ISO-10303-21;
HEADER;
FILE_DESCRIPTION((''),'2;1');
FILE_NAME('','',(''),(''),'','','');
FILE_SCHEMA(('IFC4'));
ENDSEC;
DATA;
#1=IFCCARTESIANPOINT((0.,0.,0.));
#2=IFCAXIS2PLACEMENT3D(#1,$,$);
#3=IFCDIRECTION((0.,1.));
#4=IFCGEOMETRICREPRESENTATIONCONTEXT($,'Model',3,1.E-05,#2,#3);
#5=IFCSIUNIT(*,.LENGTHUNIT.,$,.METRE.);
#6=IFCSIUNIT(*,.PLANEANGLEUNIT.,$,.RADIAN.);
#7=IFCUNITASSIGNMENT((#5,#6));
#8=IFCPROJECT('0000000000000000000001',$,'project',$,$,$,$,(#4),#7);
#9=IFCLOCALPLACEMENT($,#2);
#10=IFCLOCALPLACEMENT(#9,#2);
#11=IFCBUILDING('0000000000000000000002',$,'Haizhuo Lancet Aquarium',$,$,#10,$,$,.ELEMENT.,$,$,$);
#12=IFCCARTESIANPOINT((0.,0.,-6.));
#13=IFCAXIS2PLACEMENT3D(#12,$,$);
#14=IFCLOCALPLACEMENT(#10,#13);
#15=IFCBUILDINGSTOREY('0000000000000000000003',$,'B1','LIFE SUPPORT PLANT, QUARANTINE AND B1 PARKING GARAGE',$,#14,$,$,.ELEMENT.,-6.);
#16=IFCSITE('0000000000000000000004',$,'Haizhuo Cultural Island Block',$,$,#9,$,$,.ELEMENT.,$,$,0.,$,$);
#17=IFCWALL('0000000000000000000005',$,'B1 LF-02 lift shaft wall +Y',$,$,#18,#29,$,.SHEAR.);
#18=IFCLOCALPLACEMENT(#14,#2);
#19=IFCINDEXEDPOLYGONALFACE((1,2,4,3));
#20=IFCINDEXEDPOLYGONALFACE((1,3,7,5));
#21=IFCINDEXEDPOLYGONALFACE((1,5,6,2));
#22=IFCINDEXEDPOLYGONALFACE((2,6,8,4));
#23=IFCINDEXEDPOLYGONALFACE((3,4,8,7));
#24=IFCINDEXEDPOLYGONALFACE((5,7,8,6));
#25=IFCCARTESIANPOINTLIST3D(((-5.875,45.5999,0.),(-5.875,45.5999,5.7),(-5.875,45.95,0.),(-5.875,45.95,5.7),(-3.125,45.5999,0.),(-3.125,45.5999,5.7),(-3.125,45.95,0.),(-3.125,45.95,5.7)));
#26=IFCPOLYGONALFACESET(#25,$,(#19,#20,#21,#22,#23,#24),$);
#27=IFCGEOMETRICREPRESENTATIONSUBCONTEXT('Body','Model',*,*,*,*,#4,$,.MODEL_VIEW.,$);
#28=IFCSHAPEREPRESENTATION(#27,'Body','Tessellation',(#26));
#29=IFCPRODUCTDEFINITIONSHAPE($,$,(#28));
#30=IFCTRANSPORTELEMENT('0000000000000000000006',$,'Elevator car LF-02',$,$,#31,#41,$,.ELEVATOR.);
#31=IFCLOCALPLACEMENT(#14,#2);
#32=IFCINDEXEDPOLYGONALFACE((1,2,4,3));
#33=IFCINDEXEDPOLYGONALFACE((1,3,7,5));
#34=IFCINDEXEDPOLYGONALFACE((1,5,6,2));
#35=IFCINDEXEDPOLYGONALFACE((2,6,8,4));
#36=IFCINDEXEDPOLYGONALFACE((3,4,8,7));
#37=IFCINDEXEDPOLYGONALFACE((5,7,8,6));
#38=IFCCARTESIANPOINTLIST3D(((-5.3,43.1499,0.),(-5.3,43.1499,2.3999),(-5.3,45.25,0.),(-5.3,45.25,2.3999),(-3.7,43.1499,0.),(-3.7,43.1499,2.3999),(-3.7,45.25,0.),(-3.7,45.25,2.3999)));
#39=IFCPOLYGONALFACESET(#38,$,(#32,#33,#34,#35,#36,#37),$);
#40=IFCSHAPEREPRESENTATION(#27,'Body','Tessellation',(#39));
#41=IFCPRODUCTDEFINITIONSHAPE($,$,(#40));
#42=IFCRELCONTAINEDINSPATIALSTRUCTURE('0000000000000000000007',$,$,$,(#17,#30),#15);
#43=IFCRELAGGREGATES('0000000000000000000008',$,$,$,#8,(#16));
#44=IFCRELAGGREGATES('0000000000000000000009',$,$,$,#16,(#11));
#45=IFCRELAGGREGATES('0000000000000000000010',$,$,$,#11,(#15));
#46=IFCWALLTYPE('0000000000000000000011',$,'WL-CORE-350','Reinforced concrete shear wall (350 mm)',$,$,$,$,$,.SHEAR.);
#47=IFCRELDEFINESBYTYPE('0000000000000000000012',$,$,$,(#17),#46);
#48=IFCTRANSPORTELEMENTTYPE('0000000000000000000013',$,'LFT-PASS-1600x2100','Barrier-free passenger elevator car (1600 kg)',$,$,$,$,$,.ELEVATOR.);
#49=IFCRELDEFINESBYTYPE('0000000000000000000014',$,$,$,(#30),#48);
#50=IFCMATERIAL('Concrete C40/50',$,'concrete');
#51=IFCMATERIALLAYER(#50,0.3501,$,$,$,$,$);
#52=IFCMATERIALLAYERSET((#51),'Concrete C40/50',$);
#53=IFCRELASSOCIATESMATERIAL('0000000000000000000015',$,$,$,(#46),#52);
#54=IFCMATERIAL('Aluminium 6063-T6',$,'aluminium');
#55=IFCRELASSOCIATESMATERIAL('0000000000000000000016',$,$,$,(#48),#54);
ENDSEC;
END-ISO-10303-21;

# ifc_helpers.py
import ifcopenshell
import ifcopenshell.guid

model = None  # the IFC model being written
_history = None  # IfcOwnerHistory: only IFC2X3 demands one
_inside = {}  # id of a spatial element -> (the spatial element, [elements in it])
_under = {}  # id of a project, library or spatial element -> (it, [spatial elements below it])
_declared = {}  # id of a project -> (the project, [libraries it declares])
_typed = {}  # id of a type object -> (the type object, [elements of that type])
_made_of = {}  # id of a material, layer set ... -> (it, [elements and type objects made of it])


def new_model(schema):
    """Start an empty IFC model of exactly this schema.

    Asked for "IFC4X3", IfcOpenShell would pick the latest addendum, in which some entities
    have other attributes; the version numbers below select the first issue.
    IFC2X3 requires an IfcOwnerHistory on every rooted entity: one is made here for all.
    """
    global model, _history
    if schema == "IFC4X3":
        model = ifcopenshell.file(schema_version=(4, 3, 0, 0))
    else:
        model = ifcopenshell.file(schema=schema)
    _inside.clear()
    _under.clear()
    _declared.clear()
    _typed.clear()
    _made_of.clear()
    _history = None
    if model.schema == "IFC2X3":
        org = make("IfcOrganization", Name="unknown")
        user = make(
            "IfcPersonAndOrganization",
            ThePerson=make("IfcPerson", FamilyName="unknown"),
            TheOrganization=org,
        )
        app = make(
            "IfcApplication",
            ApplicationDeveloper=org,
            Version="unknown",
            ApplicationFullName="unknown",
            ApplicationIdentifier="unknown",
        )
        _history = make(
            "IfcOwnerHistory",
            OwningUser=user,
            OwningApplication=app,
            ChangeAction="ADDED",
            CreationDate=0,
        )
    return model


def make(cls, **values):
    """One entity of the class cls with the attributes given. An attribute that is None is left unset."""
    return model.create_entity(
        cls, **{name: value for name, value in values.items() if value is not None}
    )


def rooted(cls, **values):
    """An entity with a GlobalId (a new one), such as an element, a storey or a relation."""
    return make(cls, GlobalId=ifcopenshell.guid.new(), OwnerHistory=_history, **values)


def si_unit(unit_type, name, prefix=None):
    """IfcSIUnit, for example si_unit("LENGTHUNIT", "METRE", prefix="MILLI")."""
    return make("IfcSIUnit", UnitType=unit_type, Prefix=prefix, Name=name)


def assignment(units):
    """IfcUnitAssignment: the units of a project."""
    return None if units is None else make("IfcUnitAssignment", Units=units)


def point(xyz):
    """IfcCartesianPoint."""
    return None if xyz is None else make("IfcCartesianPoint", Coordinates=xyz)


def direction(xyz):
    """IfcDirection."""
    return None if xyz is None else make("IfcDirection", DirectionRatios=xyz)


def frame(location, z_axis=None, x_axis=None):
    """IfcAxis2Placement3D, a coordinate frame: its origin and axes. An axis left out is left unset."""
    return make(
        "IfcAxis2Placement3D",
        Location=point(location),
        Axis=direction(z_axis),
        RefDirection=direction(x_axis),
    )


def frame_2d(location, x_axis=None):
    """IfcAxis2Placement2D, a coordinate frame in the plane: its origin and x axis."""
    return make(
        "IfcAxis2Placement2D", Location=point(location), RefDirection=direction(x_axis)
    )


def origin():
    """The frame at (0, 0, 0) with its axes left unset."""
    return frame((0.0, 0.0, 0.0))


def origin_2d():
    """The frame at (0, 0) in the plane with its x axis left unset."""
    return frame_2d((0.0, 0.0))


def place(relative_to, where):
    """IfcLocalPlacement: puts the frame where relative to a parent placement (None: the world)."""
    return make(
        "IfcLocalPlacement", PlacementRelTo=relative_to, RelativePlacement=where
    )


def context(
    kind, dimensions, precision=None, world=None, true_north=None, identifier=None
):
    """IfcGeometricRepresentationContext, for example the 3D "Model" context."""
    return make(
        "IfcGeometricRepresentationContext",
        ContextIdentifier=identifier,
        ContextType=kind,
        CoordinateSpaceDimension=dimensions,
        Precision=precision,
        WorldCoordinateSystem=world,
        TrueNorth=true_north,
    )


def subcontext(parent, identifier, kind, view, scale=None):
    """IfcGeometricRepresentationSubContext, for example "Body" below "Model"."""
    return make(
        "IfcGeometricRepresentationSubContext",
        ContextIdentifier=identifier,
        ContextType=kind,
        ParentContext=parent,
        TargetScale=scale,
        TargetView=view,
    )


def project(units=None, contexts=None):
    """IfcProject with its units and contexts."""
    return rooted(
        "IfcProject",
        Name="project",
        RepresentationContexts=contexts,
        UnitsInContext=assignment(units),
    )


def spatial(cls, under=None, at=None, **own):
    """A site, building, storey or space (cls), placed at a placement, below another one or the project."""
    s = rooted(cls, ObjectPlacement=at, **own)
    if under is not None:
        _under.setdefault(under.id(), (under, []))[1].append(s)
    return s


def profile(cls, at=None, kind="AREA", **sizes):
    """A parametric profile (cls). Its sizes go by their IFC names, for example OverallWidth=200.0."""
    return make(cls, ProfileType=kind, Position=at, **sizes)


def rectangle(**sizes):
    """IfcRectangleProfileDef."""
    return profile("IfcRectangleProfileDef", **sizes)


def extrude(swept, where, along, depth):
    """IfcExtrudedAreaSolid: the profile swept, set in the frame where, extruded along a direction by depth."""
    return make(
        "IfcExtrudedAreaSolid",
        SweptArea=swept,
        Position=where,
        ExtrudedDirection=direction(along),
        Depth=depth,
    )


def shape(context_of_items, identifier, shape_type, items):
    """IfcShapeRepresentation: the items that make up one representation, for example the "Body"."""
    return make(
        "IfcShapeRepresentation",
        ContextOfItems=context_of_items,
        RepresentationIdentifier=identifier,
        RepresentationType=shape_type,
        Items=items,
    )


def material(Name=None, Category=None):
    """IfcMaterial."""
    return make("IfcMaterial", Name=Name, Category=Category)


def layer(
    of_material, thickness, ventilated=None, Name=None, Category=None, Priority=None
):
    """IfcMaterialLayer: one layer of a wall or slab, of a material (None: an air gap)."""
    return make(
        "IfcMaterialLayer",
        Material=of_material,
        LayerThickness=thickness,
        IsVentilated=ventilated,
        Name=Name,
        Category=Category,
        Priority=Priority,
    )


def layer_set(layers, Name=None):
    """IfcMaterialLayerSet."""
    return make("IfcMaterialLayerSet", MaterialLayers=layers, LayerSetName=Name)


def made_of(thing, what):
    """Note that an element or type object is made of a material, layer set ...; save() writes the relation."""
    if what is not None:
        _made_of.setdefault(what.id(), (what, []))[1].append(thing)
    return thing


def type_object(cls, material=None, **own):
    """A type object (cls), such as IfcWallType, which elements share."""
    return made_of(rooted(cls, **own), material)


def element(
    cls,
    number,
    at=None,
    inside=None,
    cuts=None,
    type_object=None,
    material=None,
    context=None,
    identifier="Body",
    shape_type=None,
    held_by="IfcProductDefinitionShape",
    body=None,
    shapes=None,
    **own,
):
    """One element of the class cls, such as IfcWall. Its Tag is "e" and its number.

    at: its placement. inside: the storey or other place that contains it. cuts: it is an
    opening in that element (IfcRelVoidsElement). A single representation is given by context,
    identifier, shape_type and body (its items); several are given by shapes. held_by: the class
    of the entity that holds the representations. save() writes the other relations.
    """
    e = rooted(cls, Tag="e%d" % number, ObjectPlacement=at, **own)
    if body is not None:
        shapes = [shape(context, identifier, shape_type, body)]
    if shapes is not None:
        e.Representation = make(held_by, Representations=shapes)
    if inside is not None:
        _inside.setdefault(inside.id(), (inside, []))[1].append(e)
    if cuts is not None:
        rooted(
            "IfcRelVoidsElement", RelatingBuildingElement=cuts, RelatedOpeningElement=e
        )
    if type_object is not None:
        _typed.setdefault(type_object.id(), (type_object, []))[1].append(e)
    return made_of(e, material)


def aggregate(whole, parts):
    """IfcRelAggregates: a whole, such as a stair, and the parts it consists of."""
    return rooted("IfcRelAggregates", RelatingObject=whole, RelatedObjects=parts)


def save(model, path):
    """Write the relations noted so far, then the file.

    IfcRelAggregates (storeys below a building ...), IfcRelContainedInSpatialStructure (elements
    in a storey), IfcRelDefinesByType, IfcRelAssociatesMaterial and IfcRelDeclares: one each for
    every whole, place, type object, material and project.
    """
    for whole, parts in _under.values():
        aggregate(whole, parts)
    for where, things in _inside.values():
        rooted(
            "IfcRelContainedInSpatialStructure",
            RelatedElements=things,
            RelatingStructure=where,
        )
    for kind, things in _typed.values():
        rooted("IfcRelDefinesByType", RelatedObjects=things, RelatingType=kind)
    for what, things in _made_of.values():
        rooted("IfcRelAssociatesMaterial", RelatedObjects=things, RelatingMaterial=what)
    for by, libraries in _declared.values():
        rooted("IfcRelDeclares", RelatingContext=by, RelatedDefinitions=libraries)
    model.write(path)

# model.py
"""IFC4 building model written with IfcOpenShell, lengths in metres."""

from ifc_helpers import new_model, si_unit, direction, frame, frame_2d, origin, origin_2d, place, context, subcontext, project, spatial, rectangle, extrude, material, layer, layer_set, type_object, element, save


model = new_model("IFC4")

# Units and contexts
model_context = context("Model", 3, precision=1e-05, world=origin(), true_north=direction((0.0, 1.0)))
body_context = subcontext(model_context, "Body", "Model", "MODEL_VIEW")
ifc_project = project(units=[si_unit("LENGTHUNIT", "METRE"), si_unit("PLANEANGLEUNIT", "RADIAN")], contexts=[model_context])

# Site, building, storey
site_placement = place(None, origin())
site = spatial("IfcSite", under=ifc_project, at=site_placement, Name="Haizhuo Cultural Island Block", CompositionType="ELEMENT", RefElevation=0.0)
building_placement = place(site_placement, origin())
building = spatial("IfcBuilding", under=site, at=building_placement, Name="Haizhuo Lancet Aquarium", CompositionType="ELEMENT")
storey_placement = place(building_placement, frame((0.0, 0.0, -6.0)))
storey = spatial("IfcBuildingStorey", under=building, at=storey_placement, Name="B1", Description="LIFE SUPPORT PLANT, QUARANTINE AND B1 PARKING GARAGE", CompositionType="ELEMENT", Elevation=-6.0)

# Shared definitions
ifc_material_1 = material(Name="Concrete C40/50", Category="concrete")

# Wall
ifc_layer = layer(ifc_material_1, 0.3501)
ifc_layer_set = layer_set([ifc_layer], Name="Concrete C40/50")
wall_type = type_object("IfcWallType", Name="WL-CORE-350", Description="Reinforced concrete shear wall (350 mm)", PredefinedType="SHEAR", material=ifc_layer_set)
wall_placement = place(storey_placement, frame((-3.125, 45.7749, 0.0), z_axis=(0.0, 0.0, 1.0), x_axis=(-1.0, 0.0, 0.0)))
element("IfcWall", 1, at=wall_placement, inside=storey, type_object=wall_type, Name="B1 LF-02 lift shaft wall +Y", PredefinedType="SHEAR", context=body_context, shape_type="SweptSolid", body=[
    extrude(rectangle(XDim=2.75, YDim=0.3501, at=frame_2d((1.375, 0.0))), origin(), (0.0, 0.0, 1.0), 5.7),
])

# Transport element
ifc_material_2 = material(Name="Aluminium 6063-T6", Category="aluminium")
transport_element_type = type_object("IfcTransportElementType", Name="LFT-PASS-1600x2100", Description="Barrier-free passenger elevator car (1600 kg)", PredefinedType="ELEVATOR", material=ifc_material_2)
transport_element_placement = place(storey_placement, frame((-4.5, 44.2, 0.0), z_axis=(0.0, 0.0, 1.0), x_axis=(1.0, 0.0, 0.0)))
element("IfcTransportElement", 2, at=transport_element_placement, inside=storey, type_object=transport_element_type, Name="Elevator car LF-02", PredefinedType="ELEVATOR", context=body_context, shape_type="SweptSolid", body=[
    extrude(rectangle(XDim=1.6001, YDim=2.1001, at=origin_2d()), origin(), (0.0, 0.0, 1.0), 2.3999),
])

save(model, "model.ifc")
